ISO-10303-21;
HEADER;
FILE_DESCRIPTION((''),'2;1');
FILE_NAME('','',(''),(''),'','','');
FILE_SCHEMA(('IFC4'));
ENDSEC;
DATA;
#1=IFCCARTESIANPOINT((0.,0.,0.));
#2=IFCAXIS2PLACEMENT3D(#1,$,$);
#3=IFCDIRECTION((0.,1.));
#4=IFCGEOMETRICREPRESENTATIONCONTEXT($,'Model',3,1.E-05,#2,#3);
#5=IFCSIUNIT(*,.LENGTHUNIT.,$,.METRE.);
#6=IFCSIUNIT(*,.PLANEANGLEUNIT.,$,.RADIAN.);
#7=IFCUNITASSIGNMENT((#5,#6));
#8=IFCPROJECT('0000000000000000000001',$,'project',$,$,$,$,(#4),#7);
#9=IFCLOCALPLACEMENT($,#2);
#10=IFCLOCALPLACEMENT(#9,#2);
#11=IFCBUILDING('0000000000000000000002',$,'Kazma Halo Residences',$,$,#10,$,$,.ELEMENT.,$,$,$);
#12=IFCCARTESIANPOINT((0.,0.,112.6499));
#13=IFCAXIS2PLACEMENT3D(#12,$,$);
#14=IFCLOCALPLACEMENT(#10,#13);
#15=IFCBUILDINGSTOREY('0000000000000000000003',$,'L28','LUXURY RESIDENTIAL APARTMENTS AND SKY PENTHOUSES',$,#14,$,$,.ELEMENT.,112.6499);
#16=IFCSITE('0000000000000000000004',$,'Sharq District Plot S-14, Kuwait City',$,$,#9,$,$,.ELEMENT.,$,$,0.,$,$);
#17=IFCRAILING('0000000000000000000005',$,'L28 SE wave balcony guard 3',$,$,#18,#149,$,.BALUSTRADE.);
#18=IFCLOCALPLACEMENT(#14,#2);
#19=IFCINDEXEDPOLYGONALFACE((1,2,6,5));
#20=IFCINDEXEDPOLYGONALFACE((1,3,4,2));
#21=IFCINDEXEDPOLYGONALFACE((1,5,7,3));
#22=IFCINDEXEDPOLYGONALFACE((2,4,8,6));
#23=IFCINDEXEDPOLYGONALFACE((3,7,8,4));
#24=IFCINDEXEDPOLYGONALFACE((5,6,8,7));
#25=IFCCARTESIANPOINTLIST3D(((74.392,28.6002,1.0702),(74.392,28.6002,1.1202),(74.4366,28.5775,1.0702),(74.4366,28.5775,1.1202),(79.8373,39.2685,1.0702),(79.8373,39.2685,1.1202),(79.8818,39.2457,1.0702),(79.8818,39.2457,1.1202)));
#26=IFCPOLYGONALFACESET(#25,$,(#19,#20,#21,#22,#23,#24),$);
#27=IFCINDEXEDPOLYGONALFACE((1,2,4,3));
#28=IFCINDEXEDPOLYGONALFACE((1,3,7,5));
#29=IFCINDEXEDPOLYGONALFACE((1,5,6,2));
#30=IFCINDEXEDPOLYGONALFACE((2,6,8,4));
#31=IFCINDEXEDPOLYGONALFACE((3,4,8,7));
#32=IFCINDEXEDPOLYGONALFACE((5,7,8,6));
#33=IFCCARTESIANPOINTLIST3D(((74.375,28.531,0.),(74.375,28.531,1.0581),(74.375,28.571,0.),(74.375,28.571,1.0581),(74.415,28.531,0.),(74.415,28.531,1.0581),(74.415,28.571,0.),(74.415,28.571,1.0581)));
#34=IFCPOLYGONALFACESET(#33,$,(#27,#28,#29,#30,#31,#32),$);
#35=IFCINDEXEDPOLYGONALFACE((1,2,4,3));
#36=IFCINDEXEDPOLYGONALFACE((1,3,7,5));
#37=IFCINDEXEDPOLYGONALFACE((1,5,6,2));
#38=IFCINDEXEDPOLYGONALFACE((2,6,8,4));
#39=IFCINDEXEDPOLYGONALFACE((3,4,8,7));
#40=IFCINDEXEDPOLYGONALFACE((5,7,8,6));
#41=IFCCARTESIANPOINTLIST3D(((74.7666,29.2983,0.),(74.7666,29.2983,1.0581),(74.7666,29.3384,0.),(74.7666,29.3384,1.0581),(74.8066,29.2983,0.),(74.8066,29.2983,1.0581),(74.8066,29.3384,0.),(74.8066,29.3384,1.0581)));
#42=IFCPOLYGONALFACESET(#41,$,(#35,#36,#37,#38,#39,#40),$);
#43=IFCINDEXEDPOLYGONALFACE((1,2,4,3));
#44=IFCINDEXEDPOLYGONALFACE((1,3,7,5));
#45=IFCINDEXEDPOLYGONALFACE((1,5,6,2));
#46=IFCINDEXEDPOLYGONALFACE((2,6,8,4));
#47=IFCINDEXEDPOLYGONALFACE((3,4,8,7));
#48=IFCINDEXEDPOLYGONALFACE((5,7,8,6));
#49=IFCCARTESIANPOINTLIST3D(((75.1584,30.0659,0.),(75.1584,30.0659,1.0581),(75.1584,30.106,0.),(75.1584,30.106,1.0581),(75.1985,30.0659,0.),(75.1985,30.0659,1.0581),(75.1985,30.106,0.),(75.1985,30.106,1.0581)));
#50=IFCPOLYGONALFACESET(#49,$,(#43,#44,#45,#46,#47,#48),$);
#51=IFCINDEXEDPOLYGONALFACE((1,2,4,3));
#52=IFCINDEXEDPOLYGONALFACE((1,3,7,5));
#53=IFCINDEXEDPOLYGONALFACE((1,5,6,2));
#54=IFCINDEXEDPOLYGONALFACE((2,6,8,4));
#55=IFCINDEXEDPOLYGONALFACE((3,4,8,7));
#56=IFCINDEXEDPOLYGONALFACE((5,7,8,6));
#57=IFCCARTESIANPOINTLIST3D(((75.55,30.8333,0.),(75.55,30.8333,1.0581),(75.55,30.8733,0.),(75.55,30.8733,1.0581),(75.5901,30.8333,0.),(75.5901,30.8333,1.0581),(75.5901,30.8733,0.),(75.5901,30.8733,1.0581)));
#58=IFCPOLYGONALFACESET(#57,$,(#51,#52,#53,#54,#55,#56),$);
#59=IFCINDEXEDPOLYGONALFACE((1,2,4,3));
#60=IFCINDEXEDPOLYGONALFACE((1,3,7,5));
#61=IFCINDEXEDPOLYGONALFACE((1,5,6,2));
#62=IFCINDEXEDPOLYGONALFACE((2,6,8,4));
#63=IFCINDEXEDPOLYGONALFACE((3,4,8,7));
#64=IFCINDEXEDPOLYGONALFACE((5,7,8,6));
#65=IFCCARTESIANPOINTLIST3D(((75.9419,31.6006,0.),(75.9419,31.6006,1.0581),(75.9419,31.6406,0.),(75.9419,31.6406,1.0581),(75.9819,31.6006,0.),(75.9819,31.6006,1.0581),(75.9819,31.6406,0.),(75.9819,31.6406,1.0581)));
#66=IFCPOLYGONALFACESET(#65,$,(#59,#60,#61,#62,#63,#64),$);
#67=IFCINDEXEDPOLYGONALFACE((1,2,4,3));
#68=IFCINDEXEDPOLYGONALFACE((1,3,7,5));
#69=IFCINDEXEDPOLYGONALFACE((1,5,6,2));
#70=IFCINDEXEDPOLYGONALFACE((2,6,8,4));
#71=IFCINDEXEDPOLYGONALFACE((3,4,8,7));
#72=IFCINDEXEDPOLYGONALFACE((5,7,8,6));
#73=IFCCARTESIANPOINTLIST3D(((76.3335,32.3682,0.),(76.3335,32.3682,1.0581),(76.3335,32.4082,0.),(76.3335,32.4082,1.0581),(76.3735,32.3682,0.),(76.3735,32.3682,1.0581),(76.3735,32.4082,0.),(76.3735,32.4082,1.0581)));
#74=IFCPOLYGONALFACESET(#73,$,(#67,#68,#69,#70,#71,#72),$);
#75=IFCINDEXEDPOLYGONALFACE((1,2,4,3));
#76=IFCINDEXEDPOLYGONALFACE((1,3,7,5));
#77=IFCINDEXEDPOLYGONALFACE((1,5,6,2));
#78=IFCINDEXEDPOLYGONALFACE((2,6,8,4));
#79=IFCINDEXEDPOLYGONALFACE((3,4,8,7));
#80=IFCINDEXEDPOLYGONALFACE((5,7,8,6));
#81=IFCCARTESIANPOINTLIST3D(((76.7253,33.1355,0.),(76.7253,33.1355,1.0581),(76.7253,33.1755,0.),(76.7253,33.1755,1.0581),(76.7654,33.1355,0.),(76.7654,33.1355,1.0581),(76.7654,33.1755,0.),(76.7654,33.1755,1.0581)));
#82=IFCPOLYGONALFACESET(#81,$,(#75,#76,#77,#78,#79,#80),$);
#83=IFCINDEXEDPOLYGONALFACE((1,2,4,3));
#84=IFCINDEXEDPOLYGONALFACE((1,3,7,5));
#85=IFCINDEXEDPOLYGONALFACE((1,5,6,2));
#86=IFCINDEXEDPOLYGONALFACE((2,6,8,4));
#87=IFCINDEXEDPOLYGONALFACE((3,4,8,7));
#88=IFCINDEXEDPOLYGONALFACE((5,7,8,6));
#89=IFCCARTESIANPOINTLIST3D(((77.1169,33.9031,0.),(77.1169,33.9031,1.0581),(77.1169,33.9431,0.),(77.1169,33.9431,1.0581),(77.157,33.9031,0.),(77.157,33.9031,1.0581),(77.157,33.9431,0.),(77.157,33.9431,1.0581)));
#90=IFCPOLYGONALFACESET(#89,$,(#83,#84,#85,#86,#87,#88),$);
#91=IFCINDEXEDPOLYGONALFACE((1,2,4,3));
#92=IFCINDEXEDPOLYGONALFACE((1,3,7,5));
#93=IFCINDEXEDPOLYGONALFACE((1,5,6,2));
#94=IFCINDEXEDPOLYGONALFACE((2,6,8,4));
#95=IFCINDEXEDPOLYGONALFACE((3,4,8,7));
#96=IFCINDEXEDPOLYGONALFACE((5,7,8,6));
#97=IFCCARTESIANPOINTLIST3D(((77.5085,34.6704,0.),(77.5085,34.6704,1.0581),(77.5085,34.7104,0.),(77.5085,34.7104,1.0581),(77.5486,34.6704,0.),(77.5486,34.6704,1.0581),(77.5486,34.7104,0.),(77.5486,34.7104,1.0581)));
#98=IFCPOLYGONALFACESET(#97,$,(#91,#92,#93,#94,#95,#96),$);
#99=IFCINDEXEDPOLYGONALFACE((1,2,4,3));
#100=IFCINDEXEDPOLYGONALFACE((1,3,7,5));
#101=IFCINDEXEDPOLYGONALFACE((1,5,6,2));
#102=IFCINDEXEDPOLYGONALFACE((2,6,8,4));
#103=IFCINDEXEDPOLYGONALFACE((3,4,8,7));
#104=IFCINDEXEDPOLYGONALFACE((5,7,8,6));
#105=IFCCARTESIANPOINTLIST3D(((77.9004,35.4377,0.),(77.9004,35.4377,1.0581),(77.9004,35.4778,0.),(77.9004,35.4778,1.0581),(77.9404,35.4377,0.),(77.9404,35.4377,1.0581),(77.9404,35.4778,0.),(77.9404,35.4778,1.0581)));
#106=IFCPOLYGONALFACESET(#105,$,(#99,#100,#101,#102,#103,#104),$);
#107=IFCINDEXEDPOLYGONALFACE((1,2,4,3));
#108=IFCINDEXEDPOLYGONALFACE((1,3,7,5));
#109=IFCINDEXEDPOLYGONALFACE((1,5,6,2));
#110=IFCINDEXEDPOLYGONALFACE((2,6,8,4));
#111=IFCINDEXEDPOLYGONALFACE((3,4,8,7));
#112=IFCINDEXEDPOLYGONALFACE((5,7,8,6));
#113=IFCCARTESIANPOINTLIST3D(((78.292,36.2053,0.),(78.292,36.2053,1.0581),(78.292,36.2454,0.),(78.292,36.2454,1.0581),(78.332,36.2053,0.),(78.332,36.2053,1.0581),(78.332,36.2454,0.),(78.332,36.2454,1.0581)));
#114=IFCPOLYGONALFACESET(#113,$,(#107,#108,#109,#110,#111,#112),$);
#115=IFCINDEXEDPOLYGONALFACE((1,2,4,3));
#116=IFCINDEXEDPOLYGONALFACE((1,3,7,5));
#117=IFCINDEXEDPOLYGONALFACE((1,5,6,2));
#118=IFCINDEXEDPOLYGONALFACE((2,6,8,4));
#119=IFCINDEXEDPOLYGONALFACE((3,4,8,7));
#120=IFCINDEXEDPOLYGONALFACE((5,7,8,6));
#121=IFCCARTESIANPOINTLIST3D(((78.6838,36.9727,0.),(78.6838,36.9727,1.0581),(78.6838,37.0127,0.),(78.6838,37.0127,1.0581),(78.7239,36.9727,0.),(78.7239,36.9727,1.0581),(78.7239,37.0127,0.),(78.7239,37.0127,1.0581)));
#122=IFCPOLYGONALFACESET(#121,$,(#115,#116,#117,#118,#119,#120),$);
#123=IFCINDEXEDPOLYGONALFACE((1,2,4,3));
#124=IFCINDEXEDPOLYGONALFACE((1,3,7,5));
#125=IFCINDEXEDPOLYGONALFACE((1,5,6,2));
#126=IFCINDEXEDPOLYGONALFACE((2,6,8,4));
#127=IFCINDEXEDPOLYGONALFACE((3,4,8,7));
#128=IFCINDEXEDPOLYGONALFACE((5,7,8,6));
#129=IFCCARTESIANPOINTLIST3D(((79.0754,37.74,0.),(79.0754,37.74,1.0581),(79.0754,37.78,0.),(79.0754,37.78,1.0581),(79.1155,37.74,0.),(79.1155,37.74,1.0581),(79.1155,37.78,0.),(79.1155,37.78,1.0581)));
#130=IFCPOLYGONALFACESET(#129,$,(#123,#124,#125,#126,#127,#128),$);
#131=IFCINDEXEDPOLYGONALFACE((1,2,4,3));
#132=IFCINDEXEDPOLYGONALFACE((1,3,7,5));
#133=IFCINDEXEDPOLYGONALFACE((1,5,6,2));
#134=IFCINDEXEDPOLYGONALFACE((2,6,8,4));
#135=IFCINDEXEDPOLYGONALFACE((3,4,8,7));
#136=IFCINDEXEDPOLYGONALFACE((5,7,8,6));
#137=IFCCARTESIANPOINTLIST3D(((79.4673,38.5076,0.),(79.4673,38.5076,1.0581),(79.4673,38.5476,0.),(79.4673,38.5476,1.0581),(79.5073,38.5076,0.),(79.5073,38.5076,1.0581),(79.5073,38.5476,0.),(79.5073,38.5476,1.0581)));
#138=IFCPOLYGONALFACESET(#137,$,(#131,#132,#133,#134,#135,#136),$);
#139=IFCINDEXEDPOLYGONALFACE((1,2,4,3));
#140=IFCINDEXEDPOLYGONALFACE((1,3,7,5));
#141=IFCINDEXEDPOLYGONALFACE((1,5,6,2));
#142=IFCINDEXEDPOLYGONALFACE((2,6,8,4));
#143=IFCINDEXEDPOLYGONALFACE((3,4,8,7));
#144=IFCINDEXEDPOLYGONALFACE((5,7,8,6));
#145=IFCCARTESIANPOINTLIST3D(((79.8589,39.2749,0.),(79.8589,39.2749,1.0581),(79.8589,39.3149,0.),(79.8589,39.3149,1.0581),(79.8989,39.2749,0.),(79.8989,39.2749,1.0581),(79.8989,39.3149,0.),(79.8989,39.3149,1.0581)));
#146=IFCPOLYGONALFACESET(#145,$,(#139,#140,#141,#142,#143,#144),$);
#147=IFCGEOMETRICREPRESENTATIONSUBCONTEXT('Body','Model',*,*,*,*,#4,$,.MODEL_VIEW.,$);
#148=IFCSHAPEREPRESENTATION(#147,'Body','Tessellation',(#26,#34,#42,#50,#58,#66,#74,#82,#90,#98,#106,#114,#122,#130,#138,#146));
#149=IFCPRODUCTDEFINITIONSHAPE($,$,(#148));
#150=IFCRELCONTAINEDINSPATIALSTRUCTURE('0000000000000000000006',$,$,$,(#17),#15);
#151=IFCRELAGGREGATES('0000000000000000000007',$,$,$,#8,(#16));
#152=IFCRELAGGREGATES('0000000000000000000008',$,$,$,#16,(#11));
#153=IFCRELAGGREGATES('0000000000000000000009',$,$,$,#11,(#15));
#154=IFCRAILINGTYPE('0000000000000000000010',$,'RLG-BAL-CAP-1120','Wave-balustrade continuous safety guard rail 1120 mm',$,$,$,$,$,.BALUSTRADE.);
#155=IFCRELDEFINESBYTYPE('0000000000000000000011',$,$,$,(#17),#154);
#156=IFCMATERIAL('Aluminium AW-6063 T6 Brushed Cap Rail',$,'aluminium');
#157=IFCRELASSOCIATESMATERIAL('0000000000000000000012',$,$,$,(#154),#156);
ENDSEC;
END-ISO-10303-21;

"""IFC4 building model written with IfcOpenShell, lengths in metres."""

from ifc_helpers import new_model, si_unit, direction, frame, origin, origin_2d, place, context, subcontext, project, spatial, rectangle, extrude, material, type_object, element, save


model = new_model("IFC4")

# Units and contexts
model_context = context("Model", 3, precision=1e-05, world=origin(), true_north=direction((0.0, 1.0)))
body_context = subcontext(model_context, "Body", "Model", "MODEL_VIEW")
ifc_project = project(units=[si_unit("LENGTHUNIT", "METRE"), si_unit("PLANEANGLEUNIT", "RADIAN")], contexts=[model_context])

# Site, building, storey
site_placement = place(None, origin())
site = spatial("IfcSite", under=ifc_project, at=site_placement, Name="Sharq District Plot S-14, Kuwait City", CompositionType="ELEMENT", RefElevation=0.0)
building_placement = place(site_placement, origin())
building = spatial("IfcBuilding", under=site, at=building_placement, Name="Kazma Halo Residences", CompositionType="ELEMENT")
storey_placement = place(building_placement, frame((0.0, 0.0, 112.6499)))
storey = spatial("IfcBuildingStorey", under=building, at=storey_placement, Name="L28", Description="LUXURY RESIDENTIAL APARTMENTS AND SKY PENTHOUSES", CompositionType="ELEMENT", Elevation=112.6499)

# Railing
ifc_material_1 = material(Name="Aluminium AW-6063 T6 Brushed Cap Rail", Category="aluminium")
railing_type = type_object("IfcRailingType", Name="RLG-BAL-CAP-1120", Description="Wave-balustrade continuous safety guard rail 1120 mm", PredefinedType="BALUSTRADE", material=ifc_material_1)
railing_1_placement = place(storey_placement, frame((74.395, 28.551, 0.0)))
element("IfcRailing", 1, at=railing_1_placement, inside=storey, type_object=railing_type, Name="L28 SE wave balcony guard 3", PredefinedType="BALUSTRADE", context=body_context, shape_type="SweptSolid", body=[
    extrude(rectangle(XDim=0.05, YDim=0.05, at=origin_2d()), frame((0.0193, 0.0378, 1.0952), z_axis=(0.454622, 0.890684, 0.0), x_axis=(-0.890684, 0.454622, 0.0)), (0.0, 0.0, 1.0), 11.9775),
    extrude(rectangle(XDim=0.04, YDim=0.04, at=origin_2d()), origin(), (0.0, 0.0, 1.0), 1.0581),
    extrude(rectangle(XDim=0.04, YDim=0.04, at=origin_2d()), frame((0.3916, 0.7673, 0.0)), (0.0, 0.0, 1.0), 1.0581),
    extrude(rectangle(XDim=0.04, YDim=0.04, at=origin_2d()), frame((0.7834, 1.5349, 0.0)), (0.0, 0.0, 1.0), 1.0581),
    extrude(rectangle(XDim=0.04, YDim=0.04, at=origin_2d()), frame((1.175, 2.3022, 0.0)), (0.0, 0.0, 1.0), 1.0581),
    extrude(rectangle(XDim=0.04, YDim=0.04, at=origin_2d()), frame((1.5669, 3.0696, 0.0)), (0.0, 0.0, 1.0), 1.0581),
    extrude(rectangle(XDim=0.04, YDim=0.04, at=origin_2d()), frame((1.9585, 3.8372, 0.0)), (0.0, 0.0, 1.0), 1.0581),
    extrude(rectangle(XDim=0.04, YDim=0.04, at=origin_2d()), frame((2.3503, 4.6045, 0.0)), (0.0, 0.0, 1.0), 1.0581),
    extrude(rectangle(XDim=0.04, YDim=0.04, at=origin_2d()), frame((2.7419, 5.3721, 0.0)), (0.0, 0.0, 1.0), 1.0581),
    extrude(rectangle(XDim=0.04, YDim=0.04, at=origin_2d()), frame((3.1335, 6.1394, 0.0)), (0.0, 0.0, 1.0), 1.0581),
    extrude(rectangle(XDim=0.04, YDim=0.04, at=origin_2d()), frame((3.5254, 6.9067, 0.0)), (0.0, 0.0, 1.0), 1.0581),
    extrude(rectangle(XDim=0.04, YDim=0.04, at=origin_2d()), frame((3.917, 7.6743, 0.0)), (0.0, 0.0, 1.0), 1.0581),
    extrude(rectangle(XDim=0.04, YDim=0.04, at=origin_2d()), frame((4.3088, 8.4417, 0.0)), (0.0, 0.0, 1.0), 1.0581),
    extrude(rectangle(XDim=0.04, YDim=0.04, at=origin_2d()), frame((4.7004, 9.209, 0.0)), (0.0, 0.0, 1.0), 1.0581),
    extrude(rectangle(XDim=0.04, YDim=0.04, at=origin_2d()), frame((5.0923, 9.9766, 0.0)), (0.0, 0.0, 1.0), 1.0581),
    extrude(rectangle(XDim=0.04, YDim=0.04, at=origin_2d()), frame((5.4839, 10.7439, 0.0)), (0.0, 0.0, 1.0), 1.0581),
])

save(model, "model.ifc")
